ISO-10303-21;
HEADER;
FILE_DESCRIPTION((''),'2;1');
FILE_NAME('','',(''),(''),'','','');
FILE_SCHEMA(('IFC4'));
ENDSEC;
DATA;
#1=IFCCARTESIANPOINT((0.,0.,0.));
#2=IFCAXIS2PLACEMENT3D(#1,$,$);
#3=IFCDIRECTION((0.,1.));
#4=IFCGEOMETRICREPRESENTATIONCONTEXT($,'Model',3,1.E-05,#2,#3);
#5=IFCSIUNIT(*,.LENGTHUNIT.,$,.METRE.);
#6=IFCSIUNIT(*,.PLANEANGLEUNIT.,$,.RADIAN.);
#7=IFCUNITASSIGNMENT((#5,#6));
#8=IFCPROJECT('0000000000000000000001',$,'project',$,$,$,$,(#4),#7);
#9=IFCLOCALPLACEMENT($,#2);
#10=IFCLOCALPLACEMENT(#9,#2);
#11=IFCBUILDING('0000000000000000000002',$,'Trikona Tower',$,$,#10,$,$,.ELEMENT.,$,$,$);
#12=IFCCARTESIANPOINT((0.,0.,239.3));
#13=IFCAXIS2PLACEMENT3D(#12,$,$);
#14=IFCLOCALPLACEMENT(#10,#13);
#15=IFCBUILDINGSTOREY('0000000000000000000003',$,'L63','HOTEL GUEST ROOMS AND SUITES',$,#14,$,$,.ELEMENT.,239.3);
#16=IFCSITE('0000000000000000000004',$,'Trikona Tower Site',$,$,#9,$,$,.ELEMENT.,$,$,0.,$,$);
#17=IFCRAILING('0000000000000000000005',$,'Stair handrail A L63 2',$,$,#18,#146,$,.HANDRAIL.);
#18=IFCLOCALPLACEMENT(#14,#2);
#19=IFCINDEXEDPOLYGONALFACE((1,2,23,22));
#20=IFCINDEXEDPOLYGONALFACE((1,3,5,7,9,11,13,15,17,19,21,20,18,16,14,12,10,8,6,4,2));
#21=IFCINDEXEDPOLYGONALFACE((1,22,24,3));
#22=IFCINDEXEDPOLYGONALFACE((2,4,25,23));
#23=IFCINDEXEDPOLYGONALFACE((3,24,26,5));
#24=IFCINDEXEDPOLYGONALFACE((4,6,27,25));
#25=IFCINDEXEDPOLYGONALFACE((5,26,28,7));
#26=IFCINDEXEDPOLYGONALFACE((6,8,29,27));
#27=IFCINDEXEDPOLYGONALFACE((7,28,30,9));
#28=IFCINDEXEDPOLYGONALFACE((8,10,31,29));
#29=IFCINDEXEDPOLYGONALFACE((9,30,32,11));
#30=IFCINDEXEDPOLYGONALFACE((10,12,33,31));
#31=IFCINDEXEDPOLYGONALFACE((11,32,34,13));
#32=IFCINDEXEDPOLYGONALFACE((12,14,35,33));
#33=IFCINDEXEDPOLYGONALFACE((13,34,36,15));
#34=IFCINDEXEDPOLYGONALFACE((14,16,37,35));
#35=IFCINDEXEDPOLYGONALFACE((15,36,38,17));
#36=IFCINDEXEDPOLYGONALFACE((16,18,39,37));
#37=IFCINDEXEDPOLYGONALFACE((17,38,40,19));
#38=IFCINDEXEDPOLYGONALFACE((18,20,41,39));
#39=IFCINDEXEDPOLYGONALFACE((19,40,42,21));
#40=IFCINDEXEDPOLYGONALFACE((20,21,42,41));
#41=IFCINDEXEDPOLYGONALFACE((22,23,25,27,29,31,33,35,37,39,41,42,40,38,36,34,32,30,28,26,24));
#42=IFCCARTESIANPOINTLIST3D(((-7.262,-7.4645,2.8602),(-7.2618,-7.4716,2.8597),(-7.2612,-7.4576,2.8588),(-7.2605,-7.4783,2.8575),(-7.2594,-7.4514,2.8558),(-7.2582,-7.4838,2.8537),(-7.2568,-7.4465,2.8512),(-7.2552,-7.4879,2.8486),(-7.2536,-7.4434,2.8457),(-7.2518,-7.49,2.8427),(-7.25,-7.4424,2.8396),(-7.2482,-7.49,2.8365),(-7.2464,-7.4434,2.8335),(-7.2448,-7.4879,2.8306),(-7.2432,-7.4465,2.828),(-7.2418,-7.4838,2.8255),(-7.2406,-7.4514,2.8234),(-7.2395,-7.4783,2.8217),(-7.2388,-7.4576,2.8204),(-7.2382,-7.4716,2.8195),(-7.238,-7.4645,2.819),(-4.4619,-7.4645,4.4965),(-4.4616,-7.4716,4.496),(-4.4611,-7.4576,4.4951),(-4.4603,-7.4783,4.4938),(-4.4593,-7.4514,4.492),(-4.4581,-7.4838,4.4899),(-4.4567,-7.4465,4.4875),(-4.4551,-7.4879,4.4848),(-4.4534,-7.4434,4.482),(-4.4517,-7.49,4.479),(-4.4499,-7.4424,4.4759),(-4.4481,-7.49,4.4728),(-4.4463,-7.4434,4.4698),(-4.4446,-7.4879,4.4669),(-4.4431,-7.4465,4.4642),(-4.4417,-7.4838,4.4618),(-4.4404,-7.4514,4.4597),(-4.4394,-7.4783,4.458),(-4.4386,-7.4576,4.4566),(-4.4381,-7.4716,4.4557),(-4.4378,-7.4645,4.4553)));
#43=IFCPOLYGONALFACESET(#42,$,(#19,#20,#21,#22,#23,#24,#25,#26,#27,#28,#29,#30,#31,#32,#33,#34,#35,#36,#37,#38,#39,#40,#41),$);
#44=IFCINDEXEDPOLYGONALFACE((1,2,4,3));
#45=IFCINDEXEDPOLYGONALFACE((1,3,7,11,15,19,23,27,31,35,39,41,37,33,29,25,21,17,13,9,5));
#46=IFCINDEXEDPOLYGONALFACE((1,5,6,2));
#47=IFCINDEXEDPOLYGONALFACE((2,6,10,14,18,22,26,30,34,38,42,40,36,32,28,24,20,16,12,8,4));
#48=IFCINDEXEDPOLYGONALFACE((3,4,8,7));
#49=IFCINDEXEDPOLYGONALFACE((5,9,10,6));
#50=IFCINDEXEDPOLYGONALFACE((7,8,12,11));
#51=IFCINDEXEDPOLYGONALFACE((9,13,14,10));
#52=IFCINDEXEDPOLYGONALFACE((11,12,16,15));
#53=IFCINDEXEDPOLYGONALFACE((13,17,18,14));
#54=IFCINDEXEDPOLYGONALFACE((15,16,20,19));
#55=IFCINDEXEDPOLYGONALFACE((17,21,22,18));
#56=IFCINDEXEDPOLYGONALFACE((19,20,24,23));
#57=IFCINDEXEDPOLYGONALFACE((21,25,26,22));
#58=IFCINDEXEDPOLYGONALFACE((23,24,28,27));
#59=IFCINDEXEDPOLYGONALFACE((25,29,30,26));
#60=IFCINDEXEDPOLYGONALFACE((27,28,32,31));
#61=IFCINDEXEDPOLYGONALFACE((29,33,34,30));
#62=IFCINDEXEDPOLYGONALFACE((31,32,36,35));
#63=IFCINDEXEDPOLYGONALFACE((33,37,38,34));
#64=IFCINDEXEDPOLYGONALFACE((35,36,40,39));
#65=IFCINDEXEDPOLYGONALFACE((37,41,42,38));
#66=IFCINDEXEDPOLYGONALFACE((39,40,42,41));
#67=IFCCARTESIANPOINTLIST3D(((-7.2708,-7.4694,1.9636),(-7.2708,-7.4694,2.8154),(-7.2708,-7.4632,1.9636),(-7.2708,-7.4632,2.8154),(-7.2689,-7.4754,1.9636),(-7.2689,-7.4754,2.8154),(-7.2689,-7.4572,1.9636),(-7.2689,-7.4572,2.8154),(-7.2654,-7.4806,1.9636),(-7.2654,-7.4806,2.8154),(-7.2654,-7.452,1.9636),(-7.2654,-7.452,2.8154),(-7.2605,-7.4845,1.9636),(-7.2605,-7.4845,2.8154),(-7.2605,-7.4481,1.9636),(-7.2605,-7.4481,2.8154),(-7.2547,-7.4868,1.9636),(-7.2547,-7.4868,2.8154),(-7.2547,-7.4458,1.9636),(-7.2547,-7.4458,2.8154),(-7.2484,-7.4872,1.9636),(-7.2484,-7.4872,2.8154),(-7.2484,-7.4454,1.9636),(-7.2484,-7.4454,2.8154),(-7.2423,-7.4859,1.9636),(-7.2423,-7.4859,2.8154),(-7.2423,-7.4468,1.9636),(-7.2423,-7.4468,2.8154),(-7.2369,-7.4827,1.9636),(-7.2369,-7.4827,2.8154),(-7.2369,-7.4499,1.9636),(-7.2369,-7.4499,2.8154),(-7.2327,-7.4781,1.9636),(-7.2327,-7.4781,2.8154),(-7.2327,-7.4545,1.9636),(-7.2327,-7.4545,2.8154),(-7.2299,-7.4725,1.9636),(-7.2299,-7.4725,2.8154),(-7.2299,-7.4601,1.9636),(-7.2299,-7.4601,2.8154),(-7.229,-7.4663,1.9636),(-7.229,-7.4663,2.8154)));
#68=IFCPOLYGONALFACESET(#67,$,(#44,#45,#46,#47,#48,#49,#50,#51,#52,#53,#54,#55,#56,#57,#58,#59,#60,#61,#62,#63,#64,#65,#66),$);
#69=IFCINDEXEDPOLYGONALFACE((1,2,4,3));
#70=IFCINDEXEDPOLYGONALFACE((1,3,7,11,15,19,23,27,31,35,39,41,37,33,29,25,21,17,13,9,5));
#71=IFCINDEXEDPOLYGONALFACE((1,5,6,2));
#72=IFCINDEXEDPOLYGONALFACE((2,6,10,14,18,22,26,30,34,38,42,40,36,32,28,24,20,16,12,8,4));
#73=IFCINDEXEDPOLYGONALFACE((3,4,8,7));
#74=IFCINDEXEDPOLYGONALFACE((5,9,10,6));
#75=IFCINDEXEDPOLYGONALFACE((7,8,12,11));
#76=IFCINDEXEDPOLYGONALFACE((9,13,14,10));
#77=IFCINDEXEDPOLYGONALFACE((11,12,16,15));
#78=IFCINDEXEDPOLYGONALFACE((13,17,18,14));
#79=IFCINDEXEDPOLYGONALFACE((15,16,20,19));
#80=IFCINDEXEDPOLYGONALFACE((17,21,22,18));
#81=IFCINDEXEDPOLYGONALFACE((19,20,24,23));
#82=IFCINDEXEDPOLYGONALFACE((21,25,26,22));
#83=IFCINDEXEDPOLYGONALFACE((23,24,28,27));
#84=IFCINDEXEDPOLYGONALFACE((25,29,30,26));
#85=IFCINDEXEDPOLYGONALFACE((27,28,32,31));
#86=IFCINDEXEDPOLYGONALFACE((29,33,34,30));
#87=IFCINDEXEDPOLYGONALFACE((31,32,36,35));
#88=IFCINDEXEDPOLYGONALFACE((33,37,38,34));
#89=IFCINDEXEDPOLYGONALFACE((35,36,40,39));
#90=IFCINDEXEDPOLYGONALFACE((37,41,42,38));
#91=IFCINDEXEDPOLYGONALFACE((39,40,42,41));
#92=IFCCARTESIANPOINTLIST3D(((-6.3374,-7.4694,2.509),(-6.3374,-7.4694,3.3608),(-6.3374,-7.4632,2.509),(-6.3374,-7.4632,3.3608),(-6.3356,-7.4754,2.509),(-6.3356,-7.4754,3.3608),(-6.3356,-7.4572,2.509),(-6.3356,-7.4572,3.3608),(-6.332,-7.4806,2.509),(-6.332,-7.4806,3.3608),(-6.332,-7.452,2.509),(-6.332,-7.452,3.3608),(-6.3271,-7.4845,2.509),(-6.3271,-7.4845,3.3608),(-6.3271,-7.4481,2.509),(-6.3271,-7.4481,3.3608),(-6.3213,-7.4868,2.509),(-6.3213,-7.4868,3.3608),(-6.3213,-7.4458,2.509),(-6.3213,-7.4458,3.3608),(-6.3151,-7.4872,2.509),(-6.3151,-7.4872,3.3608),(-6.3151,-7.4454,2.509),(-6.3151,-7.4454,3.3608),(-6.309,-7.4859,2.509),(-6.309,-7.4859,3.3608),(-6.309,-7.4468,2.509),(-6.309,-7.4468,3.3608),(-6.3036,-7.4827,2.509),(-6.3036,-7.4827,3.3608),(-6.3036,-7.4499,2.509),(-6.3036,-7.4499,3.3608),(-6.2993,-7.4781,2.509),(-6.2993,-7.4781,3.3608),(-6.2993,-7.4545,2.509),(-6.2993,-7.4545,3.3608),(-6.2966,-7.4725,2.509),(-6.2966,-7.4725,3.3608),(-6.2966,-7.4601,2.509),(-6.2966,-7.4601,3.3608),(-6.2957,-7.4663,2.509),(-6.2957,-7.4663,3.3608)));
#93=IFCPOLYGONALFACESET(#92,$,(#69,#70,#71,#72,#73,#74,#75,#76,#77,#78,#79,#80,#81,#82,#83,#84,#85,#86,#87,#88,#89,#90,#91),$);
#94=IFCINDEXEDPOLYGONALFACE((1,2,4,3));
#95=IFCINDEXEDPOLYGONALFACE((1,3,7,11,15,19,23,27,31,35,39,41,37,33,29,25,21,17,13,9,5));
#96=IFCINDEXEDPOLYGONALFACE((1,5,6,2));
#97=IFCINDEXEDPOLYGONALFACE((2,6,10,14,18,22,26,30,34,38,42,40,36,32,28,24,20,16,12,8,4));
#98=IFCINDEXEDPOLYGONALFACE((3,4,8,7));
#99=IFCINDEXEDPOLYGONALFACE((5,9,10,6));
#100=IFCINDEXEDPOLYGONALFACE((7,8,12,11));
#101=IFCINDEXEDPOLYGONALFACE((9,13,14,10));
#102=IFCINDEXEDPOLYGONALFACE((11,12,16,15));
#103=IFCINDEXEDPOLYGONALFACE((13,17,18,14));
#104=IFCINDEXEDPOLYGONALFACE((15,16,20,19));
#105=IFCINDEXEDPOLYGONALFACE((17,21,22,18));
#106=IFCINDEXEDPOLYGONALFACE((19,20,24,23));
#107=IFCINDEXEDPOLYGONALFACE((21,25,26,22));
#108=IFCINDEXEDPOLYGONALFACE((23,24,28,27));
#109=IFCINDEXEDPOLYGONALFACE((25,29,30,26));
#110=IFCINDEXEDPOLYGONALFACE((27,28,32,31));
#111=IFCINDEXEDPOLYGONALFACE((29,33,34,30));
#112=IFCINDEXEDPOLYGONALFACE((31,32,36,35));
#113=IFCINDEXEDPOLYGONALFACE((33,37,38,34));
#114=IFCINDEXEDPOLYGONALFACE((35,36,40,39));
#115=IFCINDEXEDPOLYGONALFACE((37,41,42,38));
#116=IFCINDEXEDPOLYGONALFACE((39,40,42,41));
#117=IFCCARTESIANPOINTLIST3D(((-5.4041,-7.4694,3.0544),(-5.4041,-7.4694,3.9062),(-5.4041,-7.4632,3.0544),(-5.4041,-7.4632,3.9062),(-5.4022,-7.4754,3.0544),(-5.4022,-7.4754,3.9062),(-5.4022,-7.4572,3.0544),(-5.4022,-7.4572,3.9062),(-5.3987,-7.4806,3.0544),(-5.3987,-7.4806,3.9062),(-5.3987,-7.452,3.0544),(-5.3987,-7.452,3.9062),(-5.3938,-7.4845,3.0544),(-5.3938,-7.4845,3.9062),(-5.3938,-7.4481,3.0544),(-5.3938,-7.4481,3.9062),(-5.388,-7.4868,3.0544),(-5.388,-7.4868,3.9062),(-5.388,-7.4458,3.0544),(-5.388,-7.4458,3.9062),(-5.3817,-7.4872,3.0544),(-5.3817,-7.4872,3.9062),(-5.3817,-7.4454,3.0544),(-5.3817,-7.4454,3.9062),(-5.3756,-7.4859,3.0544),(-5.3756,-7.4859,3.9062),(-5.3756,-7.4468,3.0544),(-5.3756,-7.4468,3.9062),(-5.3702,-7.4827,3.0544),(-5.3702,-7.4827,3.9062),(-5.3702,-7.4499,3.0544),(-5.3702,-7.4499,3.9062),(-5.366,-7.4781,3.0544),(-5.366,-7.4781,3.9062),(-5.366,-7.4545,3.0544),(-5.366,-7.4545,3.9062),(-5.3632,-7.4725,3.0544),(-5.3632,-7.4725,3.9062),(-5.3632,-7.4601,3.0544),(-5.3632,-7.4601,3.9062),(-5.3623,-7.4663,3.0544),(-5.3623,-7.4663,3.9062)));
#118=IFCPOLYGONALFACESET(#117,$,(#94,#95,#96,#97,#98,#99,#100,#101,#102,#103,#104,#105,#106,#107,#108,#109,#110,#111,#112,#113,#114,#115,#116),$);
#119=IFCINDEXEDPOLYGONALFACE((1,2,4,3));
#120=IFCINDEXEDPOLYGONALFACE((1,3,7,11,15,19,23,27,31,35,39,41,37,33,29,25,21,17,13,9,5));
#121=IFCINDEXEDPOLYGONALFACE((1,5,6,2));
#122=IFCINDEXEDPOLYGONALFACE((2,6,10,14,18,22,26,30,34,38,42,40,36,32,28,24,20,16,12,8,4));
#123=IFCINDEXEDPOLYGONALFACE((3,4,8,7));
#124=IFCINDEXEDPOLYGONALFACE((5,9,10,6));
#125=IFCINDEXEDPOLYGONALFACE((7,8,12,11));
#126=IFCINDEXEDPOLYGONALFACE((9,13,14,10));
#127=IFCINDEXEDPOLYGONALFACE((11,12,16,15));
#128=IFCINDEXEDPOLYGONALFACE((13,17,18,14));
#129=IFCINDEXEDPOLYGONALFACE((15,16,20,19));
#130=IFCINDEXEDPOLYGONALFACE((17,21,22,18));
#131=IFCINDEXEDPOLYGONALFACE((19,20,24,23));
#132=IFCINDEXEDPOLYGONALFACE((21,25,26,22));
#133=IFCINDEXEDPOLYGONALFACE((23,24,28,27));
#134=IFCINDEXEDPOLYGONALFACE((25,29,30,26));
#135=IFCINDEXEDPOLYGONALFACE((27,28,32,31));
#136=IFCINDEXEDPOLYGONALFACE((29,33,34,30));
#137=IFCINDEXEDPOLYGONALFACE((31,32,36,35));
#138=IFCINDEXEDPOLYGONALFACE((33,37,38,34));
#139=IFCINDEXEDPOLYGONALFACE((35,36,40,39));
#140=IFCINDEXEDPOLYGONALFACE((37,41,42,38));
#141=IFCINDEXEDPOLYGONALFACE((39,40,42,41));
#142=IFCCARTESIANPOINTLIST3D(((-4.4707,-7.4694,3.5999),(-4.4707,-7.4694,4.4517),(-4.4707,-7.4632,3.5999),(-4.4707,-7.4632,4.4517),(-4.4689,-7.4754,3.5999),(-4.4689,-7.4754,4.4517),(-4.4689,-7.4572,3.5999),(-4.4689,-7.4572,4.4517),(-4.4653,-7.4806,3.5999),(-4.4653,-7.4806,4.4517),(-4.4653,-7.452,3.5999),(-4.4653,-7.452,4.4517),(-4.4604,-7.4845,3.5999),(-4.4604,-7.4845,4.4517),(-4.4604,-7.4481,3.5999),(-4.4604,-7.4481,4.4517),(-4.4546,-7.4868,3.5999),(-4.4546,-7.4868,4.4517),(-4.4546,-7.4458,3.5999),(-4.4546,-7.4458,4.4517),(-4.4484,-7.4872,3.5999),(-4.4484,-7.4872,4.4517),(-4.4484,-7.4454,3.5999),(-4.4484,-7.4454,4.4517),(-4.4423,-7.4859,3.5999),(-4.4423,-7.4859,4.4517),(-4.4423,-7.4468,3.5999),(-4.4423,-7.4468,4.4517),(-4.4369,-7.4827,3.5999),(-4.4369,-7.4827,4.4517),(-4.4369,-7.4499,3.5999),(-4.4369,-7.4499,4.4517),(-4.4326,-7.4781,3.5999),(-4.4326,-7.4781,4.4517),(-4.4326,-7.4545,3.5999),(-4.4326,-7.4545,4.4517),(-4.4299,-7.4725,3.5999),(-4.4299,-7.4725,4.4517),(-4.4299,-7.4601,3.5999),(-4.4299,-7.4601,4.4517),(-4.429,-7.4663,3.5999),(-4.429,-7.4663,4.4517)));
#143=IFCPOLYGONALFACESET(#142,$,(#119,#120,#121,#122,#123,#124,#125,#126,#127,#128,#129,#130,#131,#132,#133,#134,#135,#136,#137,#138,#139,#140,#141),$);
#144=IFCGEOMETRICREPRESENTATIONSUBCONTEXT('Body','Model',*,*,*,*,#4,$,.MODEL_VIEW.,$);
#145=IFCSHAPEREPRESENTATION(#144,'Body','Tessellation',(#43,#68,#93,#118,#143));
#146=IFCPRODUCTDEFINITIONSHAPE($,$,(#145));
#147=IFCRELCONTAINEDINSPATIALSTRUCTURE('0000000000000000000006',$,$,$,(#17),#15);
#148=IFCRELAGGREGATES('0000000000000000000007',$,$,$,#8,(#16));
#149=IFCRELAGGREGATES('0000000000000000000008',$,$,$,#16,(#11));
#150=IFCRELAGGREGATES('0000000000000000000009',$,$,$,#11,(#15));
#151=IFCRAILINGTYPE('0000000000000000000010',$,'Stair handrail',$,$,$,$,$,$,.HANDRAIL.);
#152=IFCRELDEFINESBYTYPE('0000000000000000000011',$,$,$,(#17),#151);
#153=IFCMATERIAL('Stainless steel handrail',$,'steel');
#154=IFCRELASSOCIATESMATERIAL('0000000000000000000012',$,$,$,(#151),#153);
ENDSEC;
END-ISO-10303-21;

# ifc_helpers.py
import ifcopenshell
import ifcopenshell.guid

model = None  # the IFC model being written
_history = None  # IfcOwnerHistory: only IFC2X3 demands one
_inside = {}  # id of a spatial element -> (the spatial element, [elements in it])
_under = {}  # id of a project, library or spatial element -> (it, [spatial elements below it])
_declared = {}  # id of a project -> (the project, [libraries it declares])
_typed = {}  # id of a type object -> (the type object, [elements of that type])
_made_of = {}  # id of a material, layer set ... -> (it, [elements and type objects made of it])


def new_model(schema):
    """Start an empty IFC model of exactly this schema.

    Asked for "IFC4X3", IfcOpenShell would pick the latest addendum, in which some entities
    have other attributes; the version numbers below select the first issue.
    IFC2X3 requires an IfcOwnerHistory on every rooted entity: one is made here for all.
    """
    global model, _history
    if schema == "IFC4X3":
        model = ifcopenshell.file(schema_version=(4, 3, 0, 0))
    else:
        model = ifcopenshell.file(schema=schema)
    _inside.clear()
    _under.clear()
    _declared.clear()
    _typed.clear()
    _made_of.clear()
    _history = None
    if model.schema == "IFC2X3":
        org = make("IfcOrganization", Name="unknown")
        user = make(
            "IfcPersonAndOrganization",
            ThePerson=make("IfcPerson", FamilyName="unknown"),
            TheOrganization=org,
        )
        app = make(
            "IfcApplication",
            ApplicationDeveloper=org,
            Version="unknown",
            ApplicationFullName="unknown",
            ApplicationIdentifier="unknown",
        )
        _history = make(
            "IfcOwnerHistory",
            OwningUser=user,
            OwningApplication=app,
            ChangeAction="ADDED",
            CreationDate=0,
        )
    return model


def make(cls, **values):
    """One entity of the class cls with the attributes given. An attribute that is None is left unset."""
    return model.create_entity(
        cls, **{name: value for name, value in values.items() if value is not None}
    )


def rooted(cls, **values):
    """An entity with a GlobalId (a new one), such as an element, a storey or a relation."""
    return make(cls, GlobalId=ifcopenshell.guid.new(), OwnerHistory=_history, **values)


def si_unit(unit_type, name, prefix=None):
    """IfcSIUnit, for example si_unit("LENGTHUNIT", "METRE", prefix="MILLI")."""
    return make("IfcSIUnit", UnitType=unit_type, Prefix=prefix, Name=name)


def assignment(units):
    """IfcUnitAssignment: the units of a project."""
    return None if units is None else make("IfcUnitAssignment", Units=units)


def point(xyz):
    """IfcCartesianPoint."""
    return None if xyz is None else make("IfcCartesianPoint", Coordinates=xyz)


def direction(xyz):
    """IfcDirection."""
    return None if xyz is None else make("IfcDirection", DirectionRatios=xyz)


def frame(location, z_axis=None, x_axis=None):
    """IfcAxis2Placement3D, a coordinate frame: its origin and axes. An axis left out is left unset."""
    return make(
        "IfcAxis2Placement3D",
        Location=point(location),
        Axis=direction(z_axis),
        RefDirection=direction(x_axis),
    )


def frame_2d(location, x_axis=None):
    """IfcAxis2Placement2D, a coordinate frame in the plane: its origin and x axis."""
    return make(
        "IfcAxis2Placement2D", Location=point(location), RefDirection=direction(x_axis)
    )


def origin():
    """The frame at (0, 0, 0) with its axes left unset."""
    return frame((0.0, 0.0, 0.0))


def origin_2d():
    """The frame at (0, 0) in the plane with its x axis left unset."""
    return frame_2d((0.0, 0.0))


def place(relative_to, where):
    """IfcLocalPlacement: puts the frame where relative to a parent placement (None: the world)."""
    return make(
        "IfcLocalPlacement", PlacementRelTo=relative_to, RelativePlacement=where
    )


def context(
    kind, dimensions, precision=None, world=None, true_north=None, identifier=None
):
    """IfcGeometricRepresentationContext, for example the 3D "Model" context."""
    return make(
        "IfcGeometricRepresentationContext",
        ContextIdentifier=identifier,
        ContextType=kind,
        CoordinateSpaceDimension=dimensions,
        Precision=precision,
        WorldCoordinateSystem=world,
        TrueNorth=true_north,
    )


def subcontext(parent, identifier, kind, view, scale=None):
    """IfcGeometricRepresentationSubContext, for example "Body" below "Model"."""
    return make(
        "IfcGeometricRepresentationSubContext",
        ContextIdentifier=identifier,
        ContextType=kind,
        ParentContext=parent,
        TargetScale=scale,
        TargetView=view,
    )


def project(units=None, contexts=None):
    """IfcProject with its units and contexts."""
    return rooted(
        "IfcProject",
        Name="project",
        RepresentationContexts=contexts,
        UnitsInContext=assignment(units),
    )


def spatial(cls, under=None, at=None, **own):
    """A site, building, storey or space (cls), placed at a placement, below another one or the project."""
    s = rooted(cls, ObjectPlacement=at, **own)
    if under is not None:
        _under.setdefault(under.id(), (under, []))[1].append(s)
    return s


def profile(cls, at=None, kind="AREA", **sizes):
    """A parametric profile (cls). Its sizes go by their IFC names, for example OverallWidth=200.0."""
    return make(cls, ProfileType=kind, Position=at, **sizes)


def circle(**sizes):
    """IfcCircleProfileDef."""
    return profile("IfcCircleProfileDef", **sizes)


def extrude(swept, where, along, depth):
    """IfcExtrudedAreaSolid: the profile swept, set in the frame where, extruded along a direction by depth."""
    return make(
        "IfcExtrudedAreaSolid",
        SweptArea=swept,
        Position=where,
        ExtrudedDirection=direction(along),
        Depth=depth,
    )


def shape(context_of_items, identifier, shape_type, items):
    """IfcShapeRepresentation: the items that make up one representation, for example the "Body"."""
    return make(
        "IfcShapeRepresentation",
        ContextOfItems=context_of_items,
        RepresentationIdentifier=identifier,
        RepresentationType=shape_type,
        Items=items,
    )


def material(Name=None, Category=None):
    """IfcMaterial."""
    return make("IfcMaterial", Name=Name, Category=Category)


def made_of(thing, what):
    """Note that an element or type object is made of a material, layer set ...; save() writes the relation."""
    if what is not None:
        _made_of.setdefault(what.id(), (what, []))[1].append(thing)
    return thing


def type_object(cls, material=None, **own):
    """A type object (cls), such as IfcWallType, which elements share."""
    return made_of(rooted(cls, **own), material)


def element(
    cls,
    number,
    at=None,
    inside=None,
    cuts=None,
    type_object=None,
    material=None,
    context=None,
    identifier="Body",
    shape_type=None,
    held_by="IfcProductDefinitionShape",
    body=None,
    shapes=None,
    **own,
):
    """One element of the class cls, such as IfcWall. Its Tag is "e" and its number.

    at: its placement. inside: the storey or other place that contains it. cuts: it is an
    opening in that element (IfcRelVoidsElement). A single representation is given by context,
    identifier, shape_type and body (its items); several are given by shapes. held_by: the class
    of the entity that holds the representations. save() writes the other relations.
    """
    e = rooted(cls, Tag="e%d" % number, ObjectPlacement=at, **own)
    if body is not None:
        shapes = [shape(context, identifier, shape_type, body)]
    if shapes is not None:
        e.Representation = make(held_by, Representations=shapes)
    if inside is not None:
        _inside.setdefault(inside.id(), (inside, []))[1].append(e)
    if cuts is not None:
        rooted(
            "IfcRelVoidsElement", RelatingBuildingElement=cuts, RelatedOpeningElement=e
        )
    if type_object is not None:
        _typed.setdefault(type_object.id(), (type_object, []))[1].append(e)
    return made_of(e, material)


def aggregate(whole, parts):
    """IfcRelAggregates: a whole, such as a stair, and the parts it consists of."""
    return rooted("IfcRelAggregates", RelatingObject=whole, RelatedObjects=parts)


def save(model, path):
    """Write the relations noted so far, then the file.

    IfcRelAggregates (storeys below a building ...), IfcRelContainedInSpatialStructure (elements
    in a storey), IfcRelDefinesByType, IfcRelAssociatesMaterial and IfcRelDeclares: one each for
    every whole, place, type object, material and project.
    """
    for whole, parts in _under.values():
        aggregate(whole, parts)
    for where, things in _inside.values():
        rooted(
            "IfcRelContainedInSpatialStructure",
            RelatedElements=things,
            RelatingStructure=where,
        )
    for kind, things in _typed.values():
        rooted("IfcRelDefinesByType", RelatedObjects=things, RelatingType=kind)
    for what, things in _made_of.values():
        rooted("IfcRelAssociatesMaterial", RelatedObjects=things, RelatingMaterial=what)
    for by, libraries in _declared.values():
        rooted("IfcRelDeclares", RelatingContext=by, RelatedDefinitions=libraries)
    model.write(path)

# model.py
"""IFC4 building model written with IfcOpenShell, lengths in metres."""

from ifc_helpers import new_model, si_unit, direction, frame, origin, origin_2d, place, context, subcontext, project, spatial, circle, extrude, material, type_object, element, save


model = new_model("IFC4")

# Units and contexts
model_context = context("Model", 3, precision=1e-05, world=origin(), true_north=direction((0.0, 1.0)))
body_context = subcontext(model_context, "Body", "Model", "MODEL_VIEW")
ifc_project = project(units=[si_unit("LENGTHUNIT", "METRE"), si_unit("PLANEANGLEUNIT", "RADIAN")], contexts=[model_context])

# Site, building, storey
site_placement = place(None, origin())
site = spatial("IfcSite", under=ifc_project, at=site_placement, Name="Trikona Tower Site", CompositionType="ELEMENT", RefElevation=0.0)
building_placement = place(site_placement, origin())
building = spatial("IfcBuilding", under=site, at=building_placement, Name="Trikona Tower", CompositionType="ELEMENT")
storey_placement = place(building_placement, frame((0.0, 0.0, 239.3)))
storey = spatial("IfcBuildingStorey", under=building, at=storey_placement, Name="L63", Description="HOTEL GUEST ROOMS AND SUITES", CompositionType="ELEMENT", Elevation=239.3)

# Railing
ifc_material_1 = material(Name="Stainless steel handrail", Category="steel")
railing_type = type_object("IfcRailingType", Name="Stair handrail", PredefinedType="HANDRAIL", material=ifc_material_1)
railing_1_placement = place(storey_placement, frame((-7.25, -7.4663, 1.9636)))
element("IfcRailing", 1, at=railing_1_placement, inside=storey, type_object=railing_type, Name="Stair handrail A L63 2", PredefinedType="HANDRAIL", context=body_context, shape_type="SweptSolid", body=[
    extrude(circle(Radius=0.0239, at=origin_2d()), frame((0.0, 0.0, 0.876), z_axis=(0.863394, 0.0, 0.504531), x_axis=(0.0, 1.0, 0.0)), (0.0, 0.0, 1.0), 3.2432),
    extrude(circle(Radius=0.021, at=origin_2d()), origin(), (0.0, 0.0, 1.0), 0.8518),
    extrude(circle(Radius=0.021, at=origin_2d()), frame((0.9333, 0.0, 0.5454)), (0.0, 0.0, 1.0), 0.8518),
    extrude(circle(Radius=0.021, at=origin_2d()), frame((1.8667, 0.0, 1.0908)), (0.0, 0.0, 1.0), 0.8518),
    extrude(circle(Radius=0.021, at=origin_2d()), frame((2.8, 0.0, 1.6362)), (0.0, 0.0, 1.0), 0.8518),
])

save(model, "model.ifc")
